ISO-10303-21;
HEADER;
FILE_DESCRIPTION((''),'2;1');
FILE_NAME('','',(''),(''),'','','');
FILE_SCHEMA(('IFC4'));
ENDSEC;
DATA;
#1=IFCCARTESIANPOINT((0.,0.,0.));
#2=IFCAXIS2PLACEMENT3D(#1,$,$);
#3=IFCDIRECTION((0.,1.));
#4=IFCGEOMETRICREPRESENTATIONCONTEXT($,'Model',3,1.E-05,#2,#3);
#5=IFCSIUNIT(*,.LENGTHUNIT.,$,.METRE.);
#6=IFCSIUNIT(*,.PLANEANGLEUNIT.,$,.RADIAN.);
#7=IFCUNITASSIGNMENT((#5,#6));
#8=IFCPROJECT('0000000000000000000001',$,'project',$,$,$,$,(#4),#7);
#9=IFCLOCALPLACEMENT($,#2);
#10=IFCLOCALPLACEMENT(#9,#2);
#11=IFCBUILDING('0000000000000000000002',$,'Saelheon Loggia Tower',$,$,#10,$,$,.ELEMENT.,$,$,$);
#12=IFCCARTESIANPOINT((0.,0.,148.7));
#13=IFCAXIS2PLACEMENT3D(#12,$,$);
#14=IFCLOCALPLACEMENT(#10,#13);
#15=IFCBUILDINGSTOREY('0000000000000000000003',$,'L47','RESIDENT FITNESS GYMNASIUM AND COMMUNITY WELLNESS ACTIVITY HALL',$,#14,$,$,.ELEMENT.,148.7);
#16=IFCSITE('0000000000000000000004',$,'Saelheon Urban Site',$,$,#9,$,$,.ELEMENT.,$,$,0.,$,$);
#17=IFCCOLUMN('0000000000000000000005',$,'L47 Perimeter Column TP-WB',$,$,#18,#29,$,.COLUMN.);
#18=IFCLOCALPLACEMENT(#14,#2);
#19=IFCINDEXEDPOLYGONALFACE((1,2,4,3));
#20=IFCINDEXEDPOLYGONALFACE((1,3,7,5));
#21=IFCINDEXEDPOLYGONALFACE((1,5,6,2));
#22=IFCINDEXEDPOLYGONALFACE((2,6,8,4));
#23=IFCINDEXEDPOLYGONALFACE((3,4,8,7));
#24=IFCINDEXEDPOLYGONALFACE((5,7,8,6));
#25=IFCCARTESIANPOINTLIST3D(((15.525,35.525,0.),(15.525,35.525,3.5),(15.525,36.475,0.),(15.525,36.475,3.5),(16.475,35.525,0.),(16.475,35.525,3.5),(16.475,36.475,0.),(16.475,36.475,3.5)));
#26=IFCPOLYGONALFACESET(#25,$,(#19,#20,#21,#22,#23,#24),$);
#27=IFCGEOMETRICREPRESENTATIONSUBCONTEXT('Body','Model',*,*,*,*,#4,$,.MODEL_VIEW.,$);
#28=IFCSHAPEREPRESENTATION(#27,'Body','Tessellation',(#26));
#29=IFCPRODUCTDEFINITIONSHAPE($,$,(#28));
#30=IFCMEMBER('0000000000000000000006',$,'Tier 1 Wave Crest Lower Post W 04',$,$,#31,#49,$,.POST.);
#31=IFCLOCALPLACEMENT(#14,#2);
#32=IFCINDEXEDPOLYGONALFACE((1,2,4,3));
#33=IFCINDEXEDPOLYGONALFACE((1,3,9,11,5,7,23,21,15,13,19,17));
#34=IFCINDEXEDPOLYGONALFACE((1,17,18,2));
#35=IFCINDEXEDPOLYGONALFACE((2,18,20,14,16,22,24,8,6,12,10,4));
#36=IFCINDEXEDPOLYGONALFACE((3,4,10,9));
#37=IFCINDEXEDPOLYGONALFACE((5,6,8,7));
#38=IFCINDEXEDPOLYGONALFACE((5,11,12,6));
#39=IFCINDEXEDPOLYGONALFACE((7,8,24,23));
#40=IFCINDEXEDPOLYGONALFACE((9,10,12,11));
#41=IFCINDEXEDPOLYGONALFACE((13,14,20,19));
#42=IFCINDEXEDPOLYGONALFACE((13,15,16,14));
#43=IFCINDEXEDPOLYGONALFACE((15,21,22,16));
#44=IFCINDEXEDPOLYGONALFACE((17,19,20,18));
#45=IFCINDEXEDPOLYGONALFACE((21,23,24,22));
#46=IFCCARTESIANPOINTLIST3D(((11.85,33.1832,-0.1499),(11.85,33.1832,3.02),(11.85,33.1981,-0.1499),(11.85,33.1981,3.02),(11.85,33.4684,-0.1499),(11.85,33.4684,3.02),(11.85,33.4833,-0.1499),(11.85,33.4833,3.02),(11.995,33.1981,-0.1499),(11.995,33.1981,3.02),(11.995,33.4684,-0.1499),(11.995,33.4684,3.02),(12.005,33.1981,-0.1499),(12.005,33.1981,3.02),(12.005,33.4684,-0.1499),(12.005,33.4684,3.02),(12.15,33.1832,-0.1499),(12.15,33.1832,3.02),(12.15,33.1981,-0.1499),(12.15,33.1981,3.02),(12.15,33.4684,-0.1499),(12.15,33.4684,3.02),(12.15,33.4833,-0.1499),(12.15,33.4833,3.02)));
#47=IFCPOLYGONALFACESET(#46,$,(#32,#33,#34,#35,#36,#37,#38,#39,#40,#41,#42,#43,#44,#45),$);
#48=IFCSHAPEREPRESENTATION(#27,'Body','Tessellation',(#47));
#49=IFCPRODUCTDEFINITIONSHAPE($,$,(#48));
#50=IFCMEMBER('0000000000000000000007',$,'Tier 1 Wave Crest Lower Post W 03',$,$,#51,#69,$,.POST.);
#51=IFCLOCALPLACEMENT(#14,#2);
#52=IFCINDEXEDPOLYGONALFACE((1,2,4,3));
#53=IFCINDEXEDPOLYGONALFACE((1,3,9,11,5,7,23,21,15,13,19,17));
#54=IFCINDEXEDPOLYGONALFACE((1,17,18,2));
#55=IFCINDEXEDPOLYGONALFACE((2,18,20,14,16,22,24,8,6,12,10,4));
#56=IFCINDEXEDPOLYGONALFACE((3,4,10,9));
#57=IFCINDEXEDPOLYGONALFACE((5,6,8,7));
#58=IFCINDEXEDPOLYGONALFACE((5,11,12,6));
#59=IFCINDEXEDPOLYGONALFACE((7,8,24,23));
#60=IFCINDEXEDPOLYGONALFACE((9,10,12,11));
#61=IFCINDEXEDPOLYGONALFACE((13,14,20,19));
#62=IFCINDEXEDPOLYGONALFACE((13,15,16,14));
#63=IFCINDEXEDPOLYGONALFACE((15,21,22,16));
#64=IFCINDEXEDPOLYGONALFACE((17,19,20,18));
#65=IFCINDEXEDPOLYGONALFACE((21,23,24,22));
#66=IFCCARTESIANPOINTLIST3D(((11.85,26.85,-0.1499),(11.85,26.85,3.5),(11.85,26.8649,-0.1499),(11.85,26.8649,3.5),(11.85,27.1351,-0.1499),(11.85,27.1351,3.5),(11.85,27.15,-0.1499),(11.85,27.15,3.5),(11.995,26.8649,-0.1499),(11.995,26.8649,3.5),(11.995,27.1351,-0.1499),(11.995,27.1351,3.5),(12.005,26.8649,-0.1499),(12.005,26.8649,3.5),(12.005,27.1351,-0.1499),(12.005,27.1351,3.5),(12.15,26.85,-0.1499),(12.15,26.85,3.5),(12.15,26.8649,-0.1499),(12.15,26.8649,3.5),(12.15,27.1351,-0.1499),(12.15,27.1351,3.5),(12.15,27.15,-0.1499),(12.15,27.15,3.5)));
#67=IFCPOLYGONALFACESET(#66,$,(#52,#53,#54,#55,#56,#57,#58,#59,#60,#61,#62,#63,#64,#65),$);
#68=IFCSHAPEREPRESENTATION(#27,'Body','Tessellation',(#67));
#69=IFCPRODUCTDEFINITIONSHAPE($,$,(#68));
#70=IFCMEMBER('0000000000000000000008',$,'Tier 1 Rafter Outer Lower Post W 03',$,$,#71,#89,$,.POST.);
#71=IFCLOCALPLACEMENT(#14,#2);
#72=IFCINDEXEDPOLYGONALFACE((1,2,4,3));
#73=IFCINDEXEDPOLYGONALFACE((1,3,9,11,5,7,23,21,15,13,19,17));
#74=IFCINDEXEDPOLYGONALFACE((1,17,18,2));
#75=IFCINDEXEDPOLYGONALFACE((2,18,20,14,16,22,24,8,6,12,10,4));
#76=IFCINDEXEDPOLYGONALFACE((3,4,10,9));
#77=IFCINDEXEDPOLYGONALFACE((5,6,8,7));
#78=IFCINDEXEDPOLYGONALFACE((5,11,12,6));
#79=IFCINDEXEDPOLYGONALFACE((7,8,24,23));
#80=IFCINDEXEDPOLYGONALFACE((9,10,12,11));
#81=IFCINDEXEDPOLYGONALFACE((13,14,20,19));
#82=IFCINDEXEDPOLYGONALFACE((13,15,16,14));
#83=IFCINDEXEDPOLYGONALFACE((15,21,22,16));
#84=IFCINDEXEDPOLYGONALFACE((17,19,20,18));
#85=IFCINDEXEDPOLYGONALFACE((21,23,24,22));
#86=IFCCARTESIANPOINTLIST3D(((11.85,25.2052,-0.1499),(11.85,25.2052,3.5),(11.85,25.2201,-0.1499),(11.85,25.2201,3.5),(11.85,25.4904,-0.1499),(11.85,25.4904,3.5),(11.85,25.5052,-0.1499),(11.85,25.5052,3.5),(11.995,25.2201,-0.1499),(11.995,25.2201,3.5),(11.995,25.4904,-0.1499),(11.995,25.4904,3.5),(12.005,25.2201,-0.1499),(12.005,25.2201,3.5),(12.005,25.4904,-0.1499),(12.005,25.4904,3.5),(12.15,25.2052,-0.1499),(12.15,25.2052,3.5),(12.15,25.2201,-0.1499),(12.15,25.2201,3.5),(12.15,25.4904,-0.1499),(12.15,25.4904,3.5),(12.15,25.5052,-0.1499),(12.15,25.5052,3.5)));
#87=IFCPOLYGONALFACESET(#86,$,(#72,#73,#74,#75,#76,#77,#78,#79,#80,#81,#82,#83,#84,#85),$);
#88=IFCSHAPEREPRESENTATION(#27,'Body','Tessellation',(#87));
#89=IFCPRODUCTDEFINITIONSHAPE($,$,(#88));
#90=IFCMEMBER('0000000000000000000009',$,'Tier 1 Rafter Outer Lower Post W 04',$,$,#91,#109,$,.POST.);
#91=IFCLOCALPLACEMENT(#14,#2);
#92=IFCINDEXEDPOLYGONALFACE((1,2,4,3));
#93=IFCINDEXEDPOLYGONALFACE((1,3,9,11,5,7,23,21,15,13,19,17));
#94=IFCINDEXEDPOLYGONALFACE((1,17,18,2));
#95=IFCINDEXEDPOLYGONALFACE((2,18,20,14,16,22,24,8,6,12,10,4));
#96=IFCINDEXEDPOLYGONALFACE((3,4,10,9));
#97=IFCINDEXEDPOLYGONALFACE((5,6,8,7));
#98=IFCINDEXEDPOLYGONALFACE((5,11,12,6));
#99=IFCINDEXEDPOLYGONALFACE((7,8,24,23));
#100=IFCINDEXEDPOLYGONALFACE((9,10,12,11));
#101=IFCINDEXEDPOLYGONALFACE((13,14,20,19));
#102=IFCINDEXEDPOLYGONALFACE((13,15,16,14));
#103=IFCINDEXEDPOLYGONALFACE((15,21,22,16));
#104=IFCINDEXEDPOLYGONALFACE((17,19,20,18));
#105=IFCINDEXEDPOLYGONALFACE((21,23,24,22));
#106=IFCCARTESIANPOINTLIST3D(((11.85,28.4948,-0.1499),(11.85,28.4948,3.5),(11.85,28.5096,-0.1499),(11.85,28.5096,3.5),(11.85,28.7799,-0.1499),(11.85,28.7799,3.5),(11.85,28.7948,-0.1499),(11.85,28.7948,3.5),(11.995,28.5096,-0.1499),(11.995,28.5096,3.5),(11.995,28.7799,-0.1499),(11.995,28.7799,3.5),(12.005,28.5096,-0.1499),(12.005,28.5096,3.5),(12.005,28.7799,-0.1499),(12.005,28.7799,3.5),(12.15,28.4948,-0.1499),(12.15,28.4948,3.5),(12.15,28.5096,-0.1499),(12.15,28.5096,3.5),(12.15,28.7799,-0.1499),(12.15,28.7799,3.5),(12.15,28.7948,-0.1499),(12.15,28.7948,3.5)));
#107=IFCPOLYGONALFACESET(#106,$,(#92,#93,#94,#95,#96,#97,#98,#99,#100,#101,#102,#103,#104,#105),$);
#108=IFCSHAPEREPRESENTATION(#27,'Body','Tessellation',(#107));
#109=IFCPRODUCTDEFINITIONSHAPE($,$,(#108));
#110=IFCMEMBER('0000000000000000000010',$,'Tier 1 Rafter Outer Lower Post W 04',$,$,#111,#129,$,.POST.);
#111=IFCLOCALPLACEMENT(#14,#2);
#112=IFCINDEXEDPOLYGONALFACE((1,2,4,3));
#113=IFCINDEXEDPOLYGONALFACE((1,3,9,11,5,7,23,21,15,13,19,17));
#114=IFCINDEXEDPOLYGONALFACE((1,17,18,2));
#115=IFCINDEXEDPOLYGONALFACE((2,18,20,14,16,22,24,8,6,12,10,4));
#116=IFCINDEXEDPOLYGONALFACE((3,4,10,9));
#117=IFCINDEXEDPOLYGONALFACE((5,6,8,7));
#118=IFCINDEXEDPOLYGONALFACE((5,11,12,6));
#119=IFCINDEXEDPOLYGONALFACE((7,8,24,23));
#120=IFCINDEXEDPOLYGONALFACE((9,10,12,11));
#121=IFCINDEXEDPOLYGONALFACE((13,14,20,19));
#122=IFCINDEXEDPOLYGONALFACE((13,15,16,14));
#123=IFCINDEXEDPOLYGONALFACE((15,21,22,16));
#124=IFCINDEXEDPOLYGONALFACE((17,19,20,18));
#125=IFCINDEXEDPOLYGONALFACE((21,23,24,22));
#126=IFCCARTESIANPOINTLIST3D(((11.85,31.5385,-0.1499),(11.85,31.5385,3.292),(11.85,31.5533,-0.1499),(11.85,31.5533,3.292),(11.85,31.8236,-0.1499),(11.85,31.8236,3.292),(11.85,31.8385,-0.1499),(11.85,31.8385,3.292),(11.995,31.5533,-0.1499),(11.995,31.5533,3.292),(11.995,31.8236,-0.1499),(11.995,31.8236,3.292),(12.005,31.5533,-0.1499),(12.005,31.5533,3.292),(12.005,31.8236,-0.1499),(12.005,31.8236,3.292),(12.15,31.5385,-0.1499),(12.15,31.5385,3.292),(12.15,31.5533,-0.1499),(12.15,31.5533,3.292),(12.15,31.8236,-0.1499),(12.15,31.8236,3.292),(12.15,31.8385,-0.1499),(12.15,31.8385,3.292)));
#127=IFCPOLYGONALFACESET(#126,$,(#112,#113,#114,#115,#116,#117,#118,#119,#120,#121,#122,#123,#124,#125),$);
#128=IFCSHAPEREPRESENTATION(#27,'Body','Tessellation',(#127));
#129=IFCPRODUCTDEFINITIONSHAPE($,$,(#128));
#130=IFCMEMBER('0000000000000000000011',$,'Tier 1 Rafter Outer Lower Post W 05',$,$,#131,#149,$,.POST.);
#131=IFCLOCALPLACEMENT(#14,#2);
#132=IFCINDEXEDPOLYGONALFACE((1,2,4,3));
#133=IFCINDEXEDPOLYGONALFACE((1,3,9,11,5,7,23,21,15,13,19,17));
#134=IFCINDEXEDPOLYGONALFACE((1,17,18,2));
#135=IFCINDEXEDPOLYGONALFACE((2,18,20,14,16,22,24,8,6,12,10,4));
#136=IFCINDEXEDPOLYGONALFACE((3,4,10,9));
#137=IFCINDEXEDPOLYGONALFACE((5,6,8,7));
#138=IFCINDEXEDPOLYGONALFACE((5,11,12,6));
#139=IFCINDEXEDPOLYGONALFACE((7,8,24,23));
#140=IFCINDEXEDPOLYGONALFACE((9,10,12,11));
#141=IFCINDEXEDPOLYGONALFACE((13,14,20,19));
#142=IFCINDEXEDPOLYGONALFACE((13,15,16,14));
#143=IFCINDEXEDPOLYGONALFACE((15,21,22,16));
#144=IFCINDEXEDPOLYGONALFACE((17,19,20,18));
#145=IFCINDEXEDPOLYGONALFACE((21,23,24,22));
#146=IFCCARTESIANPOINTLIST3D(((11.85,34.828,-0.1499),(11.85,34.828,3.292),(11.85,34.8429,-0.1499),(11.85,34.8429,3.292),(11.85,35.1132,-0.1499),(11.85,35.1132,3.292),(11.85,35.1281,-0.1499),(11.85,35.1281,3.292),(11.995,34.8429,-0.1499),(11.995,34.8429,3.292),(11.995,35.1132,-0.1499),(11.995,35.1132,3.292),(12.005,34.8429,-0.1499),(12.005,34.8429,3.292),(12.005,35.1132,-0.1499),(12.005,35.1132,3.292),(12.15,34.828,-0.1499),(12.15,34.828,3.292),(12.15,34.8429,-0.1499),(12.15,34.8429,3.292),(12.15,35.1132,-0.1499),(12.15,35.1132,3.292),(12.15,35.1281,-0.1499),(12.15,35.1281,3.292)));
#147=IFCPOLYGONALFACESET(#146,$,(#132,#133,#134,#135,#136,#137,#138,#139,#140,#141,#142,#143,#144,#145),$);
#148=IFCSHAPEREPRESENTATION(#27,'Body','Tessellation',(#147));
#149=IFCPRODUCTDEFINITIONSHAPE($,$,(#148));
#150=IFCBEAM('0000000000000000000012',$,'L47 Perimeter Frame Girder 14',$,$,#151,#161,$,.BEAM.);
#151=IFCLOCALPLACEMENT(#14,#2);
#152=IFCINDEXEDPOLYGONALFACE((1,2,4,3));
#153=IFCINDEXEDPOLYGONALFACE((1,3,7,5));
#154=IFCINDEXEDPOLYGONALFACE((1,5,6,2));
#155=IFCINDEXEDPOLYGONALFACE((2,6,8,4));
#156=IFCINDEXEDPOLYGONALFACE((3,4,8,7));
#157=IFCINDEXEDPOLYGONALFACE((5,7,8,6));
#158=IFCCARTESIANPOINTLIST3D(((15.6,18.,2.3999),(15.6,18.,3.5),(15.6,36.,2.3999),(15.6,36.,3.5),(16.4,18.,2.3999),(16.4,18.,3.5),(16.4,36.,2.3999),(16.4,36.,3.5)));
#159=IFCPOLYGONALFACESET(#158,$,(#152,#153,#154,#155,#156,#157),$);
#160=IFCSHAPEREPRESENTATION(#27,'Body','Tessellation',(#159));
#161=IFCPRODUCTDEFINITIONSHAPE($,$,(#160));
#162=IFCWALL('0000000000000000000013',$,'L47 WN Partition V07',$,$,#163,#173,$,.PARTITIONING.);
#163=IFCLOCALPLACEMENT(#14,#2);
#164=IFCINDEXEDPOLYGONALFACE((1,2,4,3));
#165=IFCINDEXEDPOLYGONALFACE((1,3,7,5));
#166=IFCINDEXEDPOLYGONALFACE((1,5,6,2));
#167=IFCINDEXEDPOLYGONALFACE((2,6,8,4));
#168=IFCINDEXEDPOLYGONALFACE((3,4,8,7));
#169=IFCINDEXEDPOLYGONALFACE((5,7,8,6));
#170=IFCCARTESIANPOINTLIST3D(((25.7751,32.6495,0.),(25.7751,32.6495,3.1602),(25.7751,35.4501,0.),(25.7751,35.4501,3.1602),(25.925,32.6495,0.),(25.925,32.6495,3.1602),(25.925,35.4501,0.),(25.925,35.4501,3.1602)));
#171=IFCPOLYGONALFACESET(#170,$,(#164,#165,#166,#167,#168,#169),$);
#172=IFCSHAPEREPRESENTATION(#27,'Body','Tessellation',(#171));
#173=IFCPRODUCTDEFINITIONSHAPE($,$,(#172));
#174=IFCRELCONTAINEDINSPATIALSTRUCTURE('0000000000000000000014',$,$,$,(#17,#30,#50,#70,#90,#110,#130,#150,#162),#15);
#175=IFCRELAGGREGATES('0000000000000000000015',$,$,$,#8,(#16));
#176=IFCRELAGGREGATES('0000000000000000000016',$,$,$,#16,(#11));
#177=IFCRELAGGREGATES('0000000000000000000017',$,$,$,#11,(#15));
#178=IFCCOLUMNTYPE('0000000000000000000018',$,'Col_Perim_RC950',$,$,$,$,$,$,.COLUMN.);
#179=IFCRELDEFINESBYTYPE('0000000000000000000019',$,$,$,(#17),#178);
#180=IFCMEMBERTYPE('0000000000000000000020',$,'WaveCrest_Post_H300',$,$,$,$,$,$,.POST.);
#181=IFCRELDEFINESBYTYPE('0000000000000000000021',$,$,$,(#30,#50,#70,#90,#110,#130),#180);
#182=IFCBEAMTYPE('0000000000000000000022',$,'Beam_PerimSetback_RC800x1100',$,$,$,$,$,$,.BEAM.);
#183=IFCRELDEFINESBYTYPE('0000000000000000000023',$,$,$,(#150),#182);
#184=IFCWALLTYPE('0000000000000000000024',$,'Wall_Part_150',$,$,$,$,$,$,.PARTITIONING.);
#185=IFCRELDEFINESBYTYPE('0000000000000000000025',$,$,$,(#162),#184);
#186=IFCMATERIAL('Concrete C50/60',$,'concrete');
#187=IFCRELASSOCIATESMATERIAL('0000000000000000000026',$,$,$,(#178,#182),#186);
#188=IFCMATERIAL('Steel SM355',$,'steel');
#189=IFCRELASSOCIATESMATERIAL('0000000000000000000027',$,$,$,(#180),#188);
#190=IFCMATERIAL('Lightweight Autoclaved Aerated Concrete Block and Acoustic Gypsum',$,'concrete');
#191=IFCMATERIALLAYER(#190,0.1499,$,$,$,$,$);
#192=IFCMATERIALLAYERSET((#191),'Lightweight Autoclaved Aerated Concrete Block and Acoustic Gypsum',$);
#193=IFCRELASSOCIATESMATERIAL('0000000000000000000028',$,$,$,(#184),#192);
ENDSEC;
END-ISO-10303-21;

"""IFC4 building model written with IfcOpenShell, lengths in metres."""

from ifc_helpers import new_model, si_unit, direction, frame, frame_2d, origin, origin_2d, place, context, subcontext, project, spatial, rectangle, i_section, extrude, source, transform, mapped, material, layer, layer_set, material_profile, profile_set, type_object, element, save


model = new_model("IFC4")

# Units and contexts
model_context = context("Model", 3, precision=1e-05, world=origin(), true_north=direction((0.0, 1.0)))
body_context = subcontext(model_context, "Body", "Model", "MODEL_VIEW")
ifc_project = project(units=[si_unit("LENGTHUNIT", "METRE"), si_unit("PLANEANGLEUNIT", "RADIAN")], contexts=[model_context])

# Site, building, storey
site_placement = place(None, origin())
site = spatial("IfcSite", under=ifc_project, at=site_placement, Name="Saelheon Urban Site", CompositionType="ELEMENT", RefElevation=0.0)
building_placement = place(site_placement, origin())
building = spatial("IfcBuilding", under=site, at=building_placement, Name="Saelheon Loggia Tower", CompositionType="ELEMENT")
storey_placement = place(building_placement, frame((0.0, 0.0, 148.7)))
storey = spatial("IfcBuildingStorey", under=building, at=storey_placement, Name="L47", Description="RESIDENT FITNESS GYMNASIUM AND COMMUNITY WELLNESS ACTIVITY HALL", CompositionType="ELEMENT", Elevation=148.7)

# Column
ifc_material_1 = material(Name="Concrete C50/60", Category="concrete")
ifc_material_profile_1 = material_profile(ifc_material_1, rectangle(XDim=0.95, YDim=0.95, at=origin_2d()), Name="RC-950x950")
ifc_profile_set_1 = profile_set([ifc_material_profile_1], Name="Concrete C50/60")
column_type = type_object("IfcColumnType", Name="Col_Perim_RC950", PredefinedType="COLUMN", material=ifc_profile_set_1)
shared_shape_1 = source(origin(), body_context, "Body", "SweptSolid", [
    extrude(rectangle(XDim=0.95, YDim=0.95, at=origin_2d()), origin(), (0.0, 0.0, 1.0), 3.5),
])
column_placement = place(storey_placement, frame((16.0, 36.0, 0.0), z_axis=(0.0, 0.0, 1.0), x_axis=(1.0, 0.0, 0.0)))
element("IfcColumn", 1, at=column_placement, inside=storey, type_object=column_type, Name="L47 Perimeter Column TP-WB", PredefinedType="COLUMN", context=body_context, shape_type="MappedRepresentation", body=[
    mapped(shared_shape_1, transform((0.0, 0.0, 0.0), scale=1.0)),
])

# Members
ifc_material_2 = material(Name="Steel SM355", Category="steel")
ifc_material_profile_2 = material_profile(ifc_material_2, i_section(OverallWidth=0.3, OverallDepth=0.3, WebThickness=0.01, FlangeThickness=0.0149, at=origin_2d()), Name="H-300x300x10x15")
ifc_profile_set_2 = profile_set([ifc_material_profile_2], Name="Steel SM355")
member_type = type_object("IfcMemberType", Name="WaveCrest_Post_H300", PredefinedType="POST", material=ifc_profile_set_2)
shared_shape_2 = source(origin(), body_context, "Body", "SweptSolid", [
    extrude(i_section(OverallWidth=0.3, OverallDepth=0.3, WebThickness=0.01, FlangeThickness=0.0149, at=origin_2d()), origin(), (0.0, 0.0, 1.0), 3.1699),
])
member_placement = place(storey_placement, frame((12.0, 33.3333, -0.1499), z_axis=(0.0, 0.0, 1.0), x_axis=(1.0, 0.0, 0.0)))
element("IfcMember", 2, at=member_placement, inside=storey, type_object=member_type, Name="Tier 1 Wave Crest Lower Post W 04", PredefinedType="POST", context=body_context, shape_type="MappedRepresentation", body=[
    mapped(shared_shape_2, transform((0.0, 0.0, 0.0), scale=1.0)),
])
shared_shape_3 = source(origin(), body_context, "Body", "SweptSolid", [
    extrude(i_section(OverallWidth=0.3, OverallDepth=0.3, WebThickness=0.01, FlangeThickness=0.0149, at=origin_2d()), origin(), (0.0, 0.0, 1.0), 3.6499),
])
for number, where, z_axis, x_axis, name in (
    (3, (12.0, 27.0, -0.1499), (0.0, 0.0, 1.0), (1.0, 0.0, 0.0), "Tier 1 Wave Crest Lower Post W 03"),
    (4, (12.0, 25.3552, -0.1499), (0.0, 0.0, 1.0), (1.0, 0.0, 0.0), "Tier 1 Rafter Outer Lower Post W 03"),
    (5, (12.0, 28.6448, -0.1499), (0.0, 0.0, 1.0), (1.0, 0.0, 0.0), "Tier 1 Rafter Outer Lower Post W 04"),
):
    element("IfcMember", number, at=place(storey_placement, frame(where, z_axis=z_axis, x_axis=x_axis)), inside=storey, type_object=member_type, Name=name, PredefinedType="POST", context=body_context, shape_type="MappedRepresentation", body=[
        mapped(shared_shape_3, transform((0.0, 0.0, 0.0), scale=1.0)),
    ])
shared_shape_4 = source(origin(), body_context, "Body", "SweptSolid", [
    extrude(i_section(OverallWidth=0.3, OverallDepth=0.3, WebThickness=0.01, FlangeThickness=0.0149, at=origin_2d()), origin(), (0.0, 0.0, 1.0), 3.4419),
])
for number, where, z_axis, x_axis, name in (
    (6, (12.0, 31.6885, -0.1499), (0.0, 0.0, 1.0), (1.0, 0.0, 0.0), "Tier 1 Rafter Outer Lower Post W 04"),
    (7, (12.0, 34.978, -0.1499), (0.0, 0.0, 1.0), (1.0, 0.0, 0.0), "Tier 1 Rafter Outer Lower Post W 05"),
):
    element("IfcMember", number, at=place(storey_placement, frame(where, z_axis=z_axis, x_axis=x_axis)), inside=storey, type_object=member_type, Name=name, PredefinedType="POST", context=body_context, shape_type="MappedRepresentation", body=[
        mapped(shared_shape_4, transform((0.0, 0.0, 0.0), scale=1.0)),
    ])

# Beam
ifc_material_profile_3 = material_profile(ifc_material_1, rectangle(XDim=0.8, YDim=1.1001, at=origin_2d()), Name="RC-800x1100")
ifc_profile_set_3 = profile_set([ifc_material_profile_3], Name="Concrete C50/60")
beam_type = type_object("IfcBeamType", Name="Beam_PerimSetback_RC800x1100", PredefinedType="BEAM", material=ifc_profile_set_3)
shared_shape_5 = source(origin(), body_context, "Body", "SweptSolid", [
    extrude(rectangle(XDim=0.8, YDim=1.1001, at=origin_2d()), origin(), (0.0, 0.0, 1.0), 18.0),
])
beam_placement = place(storey_placement, frame((16.0, 36.0, 2.95), z_axis=(0.0, -1.0, 0.0), x_axis=(1.0, 0.0, 0.0)))
element("IfcBeam", 8, at=beam_placement, inside=storey, type_object=beam_type, Name="L47 Perimeter Frame Girder 14", PredefinedType="BEAM", context=body_context, shape_type="MappedRepresentation", body=[
    mapped(shared_shape_5, transform((0.0, 0.0, 0.0), scale=1.0)),
])

# Wall
ifc_material_3 = material(Name="Lightweight Autoclaved Aerated Concrete Block and Acoustic Gypsum", Category="concrete")
ifc_layer_1 = layer(ifc_material_3, 0.1499)
ifc_layer_set_1 = layer_set([ifc_layer_1], Name="Lightweight Autoclaved Aerated Concrete Block and Acoustic Gypsum")
wall_type_1 = type_object("IfcWallType", Name="Wall_Part_150", PredefinedType="PARTITIONING", material=ifc_layer_set_1)
wall_1_placement = place(storey_placement, frame((25.8501, 32.6494, 0.0), z_axis=(0.0, 0.0, 1.0), x_axis=(0.0, 1.0, 0.0)))
element("IfcWall", 9, at=wall_1_placement, inside=storey, type_object=wall_type_1, Name="L47 WN Partition V07", PredefinedType="PARTITIONING", context=body_context, shape_type="SweptSolid", body=[
    extrude(rectangle(XDim=2.8005, YDim=0.1499, at=frame_2d((1.4004, 0.0))), origin(), (0.0, 0.0, 1.0), 3.1602),
])

save(model, "model.ifc")
